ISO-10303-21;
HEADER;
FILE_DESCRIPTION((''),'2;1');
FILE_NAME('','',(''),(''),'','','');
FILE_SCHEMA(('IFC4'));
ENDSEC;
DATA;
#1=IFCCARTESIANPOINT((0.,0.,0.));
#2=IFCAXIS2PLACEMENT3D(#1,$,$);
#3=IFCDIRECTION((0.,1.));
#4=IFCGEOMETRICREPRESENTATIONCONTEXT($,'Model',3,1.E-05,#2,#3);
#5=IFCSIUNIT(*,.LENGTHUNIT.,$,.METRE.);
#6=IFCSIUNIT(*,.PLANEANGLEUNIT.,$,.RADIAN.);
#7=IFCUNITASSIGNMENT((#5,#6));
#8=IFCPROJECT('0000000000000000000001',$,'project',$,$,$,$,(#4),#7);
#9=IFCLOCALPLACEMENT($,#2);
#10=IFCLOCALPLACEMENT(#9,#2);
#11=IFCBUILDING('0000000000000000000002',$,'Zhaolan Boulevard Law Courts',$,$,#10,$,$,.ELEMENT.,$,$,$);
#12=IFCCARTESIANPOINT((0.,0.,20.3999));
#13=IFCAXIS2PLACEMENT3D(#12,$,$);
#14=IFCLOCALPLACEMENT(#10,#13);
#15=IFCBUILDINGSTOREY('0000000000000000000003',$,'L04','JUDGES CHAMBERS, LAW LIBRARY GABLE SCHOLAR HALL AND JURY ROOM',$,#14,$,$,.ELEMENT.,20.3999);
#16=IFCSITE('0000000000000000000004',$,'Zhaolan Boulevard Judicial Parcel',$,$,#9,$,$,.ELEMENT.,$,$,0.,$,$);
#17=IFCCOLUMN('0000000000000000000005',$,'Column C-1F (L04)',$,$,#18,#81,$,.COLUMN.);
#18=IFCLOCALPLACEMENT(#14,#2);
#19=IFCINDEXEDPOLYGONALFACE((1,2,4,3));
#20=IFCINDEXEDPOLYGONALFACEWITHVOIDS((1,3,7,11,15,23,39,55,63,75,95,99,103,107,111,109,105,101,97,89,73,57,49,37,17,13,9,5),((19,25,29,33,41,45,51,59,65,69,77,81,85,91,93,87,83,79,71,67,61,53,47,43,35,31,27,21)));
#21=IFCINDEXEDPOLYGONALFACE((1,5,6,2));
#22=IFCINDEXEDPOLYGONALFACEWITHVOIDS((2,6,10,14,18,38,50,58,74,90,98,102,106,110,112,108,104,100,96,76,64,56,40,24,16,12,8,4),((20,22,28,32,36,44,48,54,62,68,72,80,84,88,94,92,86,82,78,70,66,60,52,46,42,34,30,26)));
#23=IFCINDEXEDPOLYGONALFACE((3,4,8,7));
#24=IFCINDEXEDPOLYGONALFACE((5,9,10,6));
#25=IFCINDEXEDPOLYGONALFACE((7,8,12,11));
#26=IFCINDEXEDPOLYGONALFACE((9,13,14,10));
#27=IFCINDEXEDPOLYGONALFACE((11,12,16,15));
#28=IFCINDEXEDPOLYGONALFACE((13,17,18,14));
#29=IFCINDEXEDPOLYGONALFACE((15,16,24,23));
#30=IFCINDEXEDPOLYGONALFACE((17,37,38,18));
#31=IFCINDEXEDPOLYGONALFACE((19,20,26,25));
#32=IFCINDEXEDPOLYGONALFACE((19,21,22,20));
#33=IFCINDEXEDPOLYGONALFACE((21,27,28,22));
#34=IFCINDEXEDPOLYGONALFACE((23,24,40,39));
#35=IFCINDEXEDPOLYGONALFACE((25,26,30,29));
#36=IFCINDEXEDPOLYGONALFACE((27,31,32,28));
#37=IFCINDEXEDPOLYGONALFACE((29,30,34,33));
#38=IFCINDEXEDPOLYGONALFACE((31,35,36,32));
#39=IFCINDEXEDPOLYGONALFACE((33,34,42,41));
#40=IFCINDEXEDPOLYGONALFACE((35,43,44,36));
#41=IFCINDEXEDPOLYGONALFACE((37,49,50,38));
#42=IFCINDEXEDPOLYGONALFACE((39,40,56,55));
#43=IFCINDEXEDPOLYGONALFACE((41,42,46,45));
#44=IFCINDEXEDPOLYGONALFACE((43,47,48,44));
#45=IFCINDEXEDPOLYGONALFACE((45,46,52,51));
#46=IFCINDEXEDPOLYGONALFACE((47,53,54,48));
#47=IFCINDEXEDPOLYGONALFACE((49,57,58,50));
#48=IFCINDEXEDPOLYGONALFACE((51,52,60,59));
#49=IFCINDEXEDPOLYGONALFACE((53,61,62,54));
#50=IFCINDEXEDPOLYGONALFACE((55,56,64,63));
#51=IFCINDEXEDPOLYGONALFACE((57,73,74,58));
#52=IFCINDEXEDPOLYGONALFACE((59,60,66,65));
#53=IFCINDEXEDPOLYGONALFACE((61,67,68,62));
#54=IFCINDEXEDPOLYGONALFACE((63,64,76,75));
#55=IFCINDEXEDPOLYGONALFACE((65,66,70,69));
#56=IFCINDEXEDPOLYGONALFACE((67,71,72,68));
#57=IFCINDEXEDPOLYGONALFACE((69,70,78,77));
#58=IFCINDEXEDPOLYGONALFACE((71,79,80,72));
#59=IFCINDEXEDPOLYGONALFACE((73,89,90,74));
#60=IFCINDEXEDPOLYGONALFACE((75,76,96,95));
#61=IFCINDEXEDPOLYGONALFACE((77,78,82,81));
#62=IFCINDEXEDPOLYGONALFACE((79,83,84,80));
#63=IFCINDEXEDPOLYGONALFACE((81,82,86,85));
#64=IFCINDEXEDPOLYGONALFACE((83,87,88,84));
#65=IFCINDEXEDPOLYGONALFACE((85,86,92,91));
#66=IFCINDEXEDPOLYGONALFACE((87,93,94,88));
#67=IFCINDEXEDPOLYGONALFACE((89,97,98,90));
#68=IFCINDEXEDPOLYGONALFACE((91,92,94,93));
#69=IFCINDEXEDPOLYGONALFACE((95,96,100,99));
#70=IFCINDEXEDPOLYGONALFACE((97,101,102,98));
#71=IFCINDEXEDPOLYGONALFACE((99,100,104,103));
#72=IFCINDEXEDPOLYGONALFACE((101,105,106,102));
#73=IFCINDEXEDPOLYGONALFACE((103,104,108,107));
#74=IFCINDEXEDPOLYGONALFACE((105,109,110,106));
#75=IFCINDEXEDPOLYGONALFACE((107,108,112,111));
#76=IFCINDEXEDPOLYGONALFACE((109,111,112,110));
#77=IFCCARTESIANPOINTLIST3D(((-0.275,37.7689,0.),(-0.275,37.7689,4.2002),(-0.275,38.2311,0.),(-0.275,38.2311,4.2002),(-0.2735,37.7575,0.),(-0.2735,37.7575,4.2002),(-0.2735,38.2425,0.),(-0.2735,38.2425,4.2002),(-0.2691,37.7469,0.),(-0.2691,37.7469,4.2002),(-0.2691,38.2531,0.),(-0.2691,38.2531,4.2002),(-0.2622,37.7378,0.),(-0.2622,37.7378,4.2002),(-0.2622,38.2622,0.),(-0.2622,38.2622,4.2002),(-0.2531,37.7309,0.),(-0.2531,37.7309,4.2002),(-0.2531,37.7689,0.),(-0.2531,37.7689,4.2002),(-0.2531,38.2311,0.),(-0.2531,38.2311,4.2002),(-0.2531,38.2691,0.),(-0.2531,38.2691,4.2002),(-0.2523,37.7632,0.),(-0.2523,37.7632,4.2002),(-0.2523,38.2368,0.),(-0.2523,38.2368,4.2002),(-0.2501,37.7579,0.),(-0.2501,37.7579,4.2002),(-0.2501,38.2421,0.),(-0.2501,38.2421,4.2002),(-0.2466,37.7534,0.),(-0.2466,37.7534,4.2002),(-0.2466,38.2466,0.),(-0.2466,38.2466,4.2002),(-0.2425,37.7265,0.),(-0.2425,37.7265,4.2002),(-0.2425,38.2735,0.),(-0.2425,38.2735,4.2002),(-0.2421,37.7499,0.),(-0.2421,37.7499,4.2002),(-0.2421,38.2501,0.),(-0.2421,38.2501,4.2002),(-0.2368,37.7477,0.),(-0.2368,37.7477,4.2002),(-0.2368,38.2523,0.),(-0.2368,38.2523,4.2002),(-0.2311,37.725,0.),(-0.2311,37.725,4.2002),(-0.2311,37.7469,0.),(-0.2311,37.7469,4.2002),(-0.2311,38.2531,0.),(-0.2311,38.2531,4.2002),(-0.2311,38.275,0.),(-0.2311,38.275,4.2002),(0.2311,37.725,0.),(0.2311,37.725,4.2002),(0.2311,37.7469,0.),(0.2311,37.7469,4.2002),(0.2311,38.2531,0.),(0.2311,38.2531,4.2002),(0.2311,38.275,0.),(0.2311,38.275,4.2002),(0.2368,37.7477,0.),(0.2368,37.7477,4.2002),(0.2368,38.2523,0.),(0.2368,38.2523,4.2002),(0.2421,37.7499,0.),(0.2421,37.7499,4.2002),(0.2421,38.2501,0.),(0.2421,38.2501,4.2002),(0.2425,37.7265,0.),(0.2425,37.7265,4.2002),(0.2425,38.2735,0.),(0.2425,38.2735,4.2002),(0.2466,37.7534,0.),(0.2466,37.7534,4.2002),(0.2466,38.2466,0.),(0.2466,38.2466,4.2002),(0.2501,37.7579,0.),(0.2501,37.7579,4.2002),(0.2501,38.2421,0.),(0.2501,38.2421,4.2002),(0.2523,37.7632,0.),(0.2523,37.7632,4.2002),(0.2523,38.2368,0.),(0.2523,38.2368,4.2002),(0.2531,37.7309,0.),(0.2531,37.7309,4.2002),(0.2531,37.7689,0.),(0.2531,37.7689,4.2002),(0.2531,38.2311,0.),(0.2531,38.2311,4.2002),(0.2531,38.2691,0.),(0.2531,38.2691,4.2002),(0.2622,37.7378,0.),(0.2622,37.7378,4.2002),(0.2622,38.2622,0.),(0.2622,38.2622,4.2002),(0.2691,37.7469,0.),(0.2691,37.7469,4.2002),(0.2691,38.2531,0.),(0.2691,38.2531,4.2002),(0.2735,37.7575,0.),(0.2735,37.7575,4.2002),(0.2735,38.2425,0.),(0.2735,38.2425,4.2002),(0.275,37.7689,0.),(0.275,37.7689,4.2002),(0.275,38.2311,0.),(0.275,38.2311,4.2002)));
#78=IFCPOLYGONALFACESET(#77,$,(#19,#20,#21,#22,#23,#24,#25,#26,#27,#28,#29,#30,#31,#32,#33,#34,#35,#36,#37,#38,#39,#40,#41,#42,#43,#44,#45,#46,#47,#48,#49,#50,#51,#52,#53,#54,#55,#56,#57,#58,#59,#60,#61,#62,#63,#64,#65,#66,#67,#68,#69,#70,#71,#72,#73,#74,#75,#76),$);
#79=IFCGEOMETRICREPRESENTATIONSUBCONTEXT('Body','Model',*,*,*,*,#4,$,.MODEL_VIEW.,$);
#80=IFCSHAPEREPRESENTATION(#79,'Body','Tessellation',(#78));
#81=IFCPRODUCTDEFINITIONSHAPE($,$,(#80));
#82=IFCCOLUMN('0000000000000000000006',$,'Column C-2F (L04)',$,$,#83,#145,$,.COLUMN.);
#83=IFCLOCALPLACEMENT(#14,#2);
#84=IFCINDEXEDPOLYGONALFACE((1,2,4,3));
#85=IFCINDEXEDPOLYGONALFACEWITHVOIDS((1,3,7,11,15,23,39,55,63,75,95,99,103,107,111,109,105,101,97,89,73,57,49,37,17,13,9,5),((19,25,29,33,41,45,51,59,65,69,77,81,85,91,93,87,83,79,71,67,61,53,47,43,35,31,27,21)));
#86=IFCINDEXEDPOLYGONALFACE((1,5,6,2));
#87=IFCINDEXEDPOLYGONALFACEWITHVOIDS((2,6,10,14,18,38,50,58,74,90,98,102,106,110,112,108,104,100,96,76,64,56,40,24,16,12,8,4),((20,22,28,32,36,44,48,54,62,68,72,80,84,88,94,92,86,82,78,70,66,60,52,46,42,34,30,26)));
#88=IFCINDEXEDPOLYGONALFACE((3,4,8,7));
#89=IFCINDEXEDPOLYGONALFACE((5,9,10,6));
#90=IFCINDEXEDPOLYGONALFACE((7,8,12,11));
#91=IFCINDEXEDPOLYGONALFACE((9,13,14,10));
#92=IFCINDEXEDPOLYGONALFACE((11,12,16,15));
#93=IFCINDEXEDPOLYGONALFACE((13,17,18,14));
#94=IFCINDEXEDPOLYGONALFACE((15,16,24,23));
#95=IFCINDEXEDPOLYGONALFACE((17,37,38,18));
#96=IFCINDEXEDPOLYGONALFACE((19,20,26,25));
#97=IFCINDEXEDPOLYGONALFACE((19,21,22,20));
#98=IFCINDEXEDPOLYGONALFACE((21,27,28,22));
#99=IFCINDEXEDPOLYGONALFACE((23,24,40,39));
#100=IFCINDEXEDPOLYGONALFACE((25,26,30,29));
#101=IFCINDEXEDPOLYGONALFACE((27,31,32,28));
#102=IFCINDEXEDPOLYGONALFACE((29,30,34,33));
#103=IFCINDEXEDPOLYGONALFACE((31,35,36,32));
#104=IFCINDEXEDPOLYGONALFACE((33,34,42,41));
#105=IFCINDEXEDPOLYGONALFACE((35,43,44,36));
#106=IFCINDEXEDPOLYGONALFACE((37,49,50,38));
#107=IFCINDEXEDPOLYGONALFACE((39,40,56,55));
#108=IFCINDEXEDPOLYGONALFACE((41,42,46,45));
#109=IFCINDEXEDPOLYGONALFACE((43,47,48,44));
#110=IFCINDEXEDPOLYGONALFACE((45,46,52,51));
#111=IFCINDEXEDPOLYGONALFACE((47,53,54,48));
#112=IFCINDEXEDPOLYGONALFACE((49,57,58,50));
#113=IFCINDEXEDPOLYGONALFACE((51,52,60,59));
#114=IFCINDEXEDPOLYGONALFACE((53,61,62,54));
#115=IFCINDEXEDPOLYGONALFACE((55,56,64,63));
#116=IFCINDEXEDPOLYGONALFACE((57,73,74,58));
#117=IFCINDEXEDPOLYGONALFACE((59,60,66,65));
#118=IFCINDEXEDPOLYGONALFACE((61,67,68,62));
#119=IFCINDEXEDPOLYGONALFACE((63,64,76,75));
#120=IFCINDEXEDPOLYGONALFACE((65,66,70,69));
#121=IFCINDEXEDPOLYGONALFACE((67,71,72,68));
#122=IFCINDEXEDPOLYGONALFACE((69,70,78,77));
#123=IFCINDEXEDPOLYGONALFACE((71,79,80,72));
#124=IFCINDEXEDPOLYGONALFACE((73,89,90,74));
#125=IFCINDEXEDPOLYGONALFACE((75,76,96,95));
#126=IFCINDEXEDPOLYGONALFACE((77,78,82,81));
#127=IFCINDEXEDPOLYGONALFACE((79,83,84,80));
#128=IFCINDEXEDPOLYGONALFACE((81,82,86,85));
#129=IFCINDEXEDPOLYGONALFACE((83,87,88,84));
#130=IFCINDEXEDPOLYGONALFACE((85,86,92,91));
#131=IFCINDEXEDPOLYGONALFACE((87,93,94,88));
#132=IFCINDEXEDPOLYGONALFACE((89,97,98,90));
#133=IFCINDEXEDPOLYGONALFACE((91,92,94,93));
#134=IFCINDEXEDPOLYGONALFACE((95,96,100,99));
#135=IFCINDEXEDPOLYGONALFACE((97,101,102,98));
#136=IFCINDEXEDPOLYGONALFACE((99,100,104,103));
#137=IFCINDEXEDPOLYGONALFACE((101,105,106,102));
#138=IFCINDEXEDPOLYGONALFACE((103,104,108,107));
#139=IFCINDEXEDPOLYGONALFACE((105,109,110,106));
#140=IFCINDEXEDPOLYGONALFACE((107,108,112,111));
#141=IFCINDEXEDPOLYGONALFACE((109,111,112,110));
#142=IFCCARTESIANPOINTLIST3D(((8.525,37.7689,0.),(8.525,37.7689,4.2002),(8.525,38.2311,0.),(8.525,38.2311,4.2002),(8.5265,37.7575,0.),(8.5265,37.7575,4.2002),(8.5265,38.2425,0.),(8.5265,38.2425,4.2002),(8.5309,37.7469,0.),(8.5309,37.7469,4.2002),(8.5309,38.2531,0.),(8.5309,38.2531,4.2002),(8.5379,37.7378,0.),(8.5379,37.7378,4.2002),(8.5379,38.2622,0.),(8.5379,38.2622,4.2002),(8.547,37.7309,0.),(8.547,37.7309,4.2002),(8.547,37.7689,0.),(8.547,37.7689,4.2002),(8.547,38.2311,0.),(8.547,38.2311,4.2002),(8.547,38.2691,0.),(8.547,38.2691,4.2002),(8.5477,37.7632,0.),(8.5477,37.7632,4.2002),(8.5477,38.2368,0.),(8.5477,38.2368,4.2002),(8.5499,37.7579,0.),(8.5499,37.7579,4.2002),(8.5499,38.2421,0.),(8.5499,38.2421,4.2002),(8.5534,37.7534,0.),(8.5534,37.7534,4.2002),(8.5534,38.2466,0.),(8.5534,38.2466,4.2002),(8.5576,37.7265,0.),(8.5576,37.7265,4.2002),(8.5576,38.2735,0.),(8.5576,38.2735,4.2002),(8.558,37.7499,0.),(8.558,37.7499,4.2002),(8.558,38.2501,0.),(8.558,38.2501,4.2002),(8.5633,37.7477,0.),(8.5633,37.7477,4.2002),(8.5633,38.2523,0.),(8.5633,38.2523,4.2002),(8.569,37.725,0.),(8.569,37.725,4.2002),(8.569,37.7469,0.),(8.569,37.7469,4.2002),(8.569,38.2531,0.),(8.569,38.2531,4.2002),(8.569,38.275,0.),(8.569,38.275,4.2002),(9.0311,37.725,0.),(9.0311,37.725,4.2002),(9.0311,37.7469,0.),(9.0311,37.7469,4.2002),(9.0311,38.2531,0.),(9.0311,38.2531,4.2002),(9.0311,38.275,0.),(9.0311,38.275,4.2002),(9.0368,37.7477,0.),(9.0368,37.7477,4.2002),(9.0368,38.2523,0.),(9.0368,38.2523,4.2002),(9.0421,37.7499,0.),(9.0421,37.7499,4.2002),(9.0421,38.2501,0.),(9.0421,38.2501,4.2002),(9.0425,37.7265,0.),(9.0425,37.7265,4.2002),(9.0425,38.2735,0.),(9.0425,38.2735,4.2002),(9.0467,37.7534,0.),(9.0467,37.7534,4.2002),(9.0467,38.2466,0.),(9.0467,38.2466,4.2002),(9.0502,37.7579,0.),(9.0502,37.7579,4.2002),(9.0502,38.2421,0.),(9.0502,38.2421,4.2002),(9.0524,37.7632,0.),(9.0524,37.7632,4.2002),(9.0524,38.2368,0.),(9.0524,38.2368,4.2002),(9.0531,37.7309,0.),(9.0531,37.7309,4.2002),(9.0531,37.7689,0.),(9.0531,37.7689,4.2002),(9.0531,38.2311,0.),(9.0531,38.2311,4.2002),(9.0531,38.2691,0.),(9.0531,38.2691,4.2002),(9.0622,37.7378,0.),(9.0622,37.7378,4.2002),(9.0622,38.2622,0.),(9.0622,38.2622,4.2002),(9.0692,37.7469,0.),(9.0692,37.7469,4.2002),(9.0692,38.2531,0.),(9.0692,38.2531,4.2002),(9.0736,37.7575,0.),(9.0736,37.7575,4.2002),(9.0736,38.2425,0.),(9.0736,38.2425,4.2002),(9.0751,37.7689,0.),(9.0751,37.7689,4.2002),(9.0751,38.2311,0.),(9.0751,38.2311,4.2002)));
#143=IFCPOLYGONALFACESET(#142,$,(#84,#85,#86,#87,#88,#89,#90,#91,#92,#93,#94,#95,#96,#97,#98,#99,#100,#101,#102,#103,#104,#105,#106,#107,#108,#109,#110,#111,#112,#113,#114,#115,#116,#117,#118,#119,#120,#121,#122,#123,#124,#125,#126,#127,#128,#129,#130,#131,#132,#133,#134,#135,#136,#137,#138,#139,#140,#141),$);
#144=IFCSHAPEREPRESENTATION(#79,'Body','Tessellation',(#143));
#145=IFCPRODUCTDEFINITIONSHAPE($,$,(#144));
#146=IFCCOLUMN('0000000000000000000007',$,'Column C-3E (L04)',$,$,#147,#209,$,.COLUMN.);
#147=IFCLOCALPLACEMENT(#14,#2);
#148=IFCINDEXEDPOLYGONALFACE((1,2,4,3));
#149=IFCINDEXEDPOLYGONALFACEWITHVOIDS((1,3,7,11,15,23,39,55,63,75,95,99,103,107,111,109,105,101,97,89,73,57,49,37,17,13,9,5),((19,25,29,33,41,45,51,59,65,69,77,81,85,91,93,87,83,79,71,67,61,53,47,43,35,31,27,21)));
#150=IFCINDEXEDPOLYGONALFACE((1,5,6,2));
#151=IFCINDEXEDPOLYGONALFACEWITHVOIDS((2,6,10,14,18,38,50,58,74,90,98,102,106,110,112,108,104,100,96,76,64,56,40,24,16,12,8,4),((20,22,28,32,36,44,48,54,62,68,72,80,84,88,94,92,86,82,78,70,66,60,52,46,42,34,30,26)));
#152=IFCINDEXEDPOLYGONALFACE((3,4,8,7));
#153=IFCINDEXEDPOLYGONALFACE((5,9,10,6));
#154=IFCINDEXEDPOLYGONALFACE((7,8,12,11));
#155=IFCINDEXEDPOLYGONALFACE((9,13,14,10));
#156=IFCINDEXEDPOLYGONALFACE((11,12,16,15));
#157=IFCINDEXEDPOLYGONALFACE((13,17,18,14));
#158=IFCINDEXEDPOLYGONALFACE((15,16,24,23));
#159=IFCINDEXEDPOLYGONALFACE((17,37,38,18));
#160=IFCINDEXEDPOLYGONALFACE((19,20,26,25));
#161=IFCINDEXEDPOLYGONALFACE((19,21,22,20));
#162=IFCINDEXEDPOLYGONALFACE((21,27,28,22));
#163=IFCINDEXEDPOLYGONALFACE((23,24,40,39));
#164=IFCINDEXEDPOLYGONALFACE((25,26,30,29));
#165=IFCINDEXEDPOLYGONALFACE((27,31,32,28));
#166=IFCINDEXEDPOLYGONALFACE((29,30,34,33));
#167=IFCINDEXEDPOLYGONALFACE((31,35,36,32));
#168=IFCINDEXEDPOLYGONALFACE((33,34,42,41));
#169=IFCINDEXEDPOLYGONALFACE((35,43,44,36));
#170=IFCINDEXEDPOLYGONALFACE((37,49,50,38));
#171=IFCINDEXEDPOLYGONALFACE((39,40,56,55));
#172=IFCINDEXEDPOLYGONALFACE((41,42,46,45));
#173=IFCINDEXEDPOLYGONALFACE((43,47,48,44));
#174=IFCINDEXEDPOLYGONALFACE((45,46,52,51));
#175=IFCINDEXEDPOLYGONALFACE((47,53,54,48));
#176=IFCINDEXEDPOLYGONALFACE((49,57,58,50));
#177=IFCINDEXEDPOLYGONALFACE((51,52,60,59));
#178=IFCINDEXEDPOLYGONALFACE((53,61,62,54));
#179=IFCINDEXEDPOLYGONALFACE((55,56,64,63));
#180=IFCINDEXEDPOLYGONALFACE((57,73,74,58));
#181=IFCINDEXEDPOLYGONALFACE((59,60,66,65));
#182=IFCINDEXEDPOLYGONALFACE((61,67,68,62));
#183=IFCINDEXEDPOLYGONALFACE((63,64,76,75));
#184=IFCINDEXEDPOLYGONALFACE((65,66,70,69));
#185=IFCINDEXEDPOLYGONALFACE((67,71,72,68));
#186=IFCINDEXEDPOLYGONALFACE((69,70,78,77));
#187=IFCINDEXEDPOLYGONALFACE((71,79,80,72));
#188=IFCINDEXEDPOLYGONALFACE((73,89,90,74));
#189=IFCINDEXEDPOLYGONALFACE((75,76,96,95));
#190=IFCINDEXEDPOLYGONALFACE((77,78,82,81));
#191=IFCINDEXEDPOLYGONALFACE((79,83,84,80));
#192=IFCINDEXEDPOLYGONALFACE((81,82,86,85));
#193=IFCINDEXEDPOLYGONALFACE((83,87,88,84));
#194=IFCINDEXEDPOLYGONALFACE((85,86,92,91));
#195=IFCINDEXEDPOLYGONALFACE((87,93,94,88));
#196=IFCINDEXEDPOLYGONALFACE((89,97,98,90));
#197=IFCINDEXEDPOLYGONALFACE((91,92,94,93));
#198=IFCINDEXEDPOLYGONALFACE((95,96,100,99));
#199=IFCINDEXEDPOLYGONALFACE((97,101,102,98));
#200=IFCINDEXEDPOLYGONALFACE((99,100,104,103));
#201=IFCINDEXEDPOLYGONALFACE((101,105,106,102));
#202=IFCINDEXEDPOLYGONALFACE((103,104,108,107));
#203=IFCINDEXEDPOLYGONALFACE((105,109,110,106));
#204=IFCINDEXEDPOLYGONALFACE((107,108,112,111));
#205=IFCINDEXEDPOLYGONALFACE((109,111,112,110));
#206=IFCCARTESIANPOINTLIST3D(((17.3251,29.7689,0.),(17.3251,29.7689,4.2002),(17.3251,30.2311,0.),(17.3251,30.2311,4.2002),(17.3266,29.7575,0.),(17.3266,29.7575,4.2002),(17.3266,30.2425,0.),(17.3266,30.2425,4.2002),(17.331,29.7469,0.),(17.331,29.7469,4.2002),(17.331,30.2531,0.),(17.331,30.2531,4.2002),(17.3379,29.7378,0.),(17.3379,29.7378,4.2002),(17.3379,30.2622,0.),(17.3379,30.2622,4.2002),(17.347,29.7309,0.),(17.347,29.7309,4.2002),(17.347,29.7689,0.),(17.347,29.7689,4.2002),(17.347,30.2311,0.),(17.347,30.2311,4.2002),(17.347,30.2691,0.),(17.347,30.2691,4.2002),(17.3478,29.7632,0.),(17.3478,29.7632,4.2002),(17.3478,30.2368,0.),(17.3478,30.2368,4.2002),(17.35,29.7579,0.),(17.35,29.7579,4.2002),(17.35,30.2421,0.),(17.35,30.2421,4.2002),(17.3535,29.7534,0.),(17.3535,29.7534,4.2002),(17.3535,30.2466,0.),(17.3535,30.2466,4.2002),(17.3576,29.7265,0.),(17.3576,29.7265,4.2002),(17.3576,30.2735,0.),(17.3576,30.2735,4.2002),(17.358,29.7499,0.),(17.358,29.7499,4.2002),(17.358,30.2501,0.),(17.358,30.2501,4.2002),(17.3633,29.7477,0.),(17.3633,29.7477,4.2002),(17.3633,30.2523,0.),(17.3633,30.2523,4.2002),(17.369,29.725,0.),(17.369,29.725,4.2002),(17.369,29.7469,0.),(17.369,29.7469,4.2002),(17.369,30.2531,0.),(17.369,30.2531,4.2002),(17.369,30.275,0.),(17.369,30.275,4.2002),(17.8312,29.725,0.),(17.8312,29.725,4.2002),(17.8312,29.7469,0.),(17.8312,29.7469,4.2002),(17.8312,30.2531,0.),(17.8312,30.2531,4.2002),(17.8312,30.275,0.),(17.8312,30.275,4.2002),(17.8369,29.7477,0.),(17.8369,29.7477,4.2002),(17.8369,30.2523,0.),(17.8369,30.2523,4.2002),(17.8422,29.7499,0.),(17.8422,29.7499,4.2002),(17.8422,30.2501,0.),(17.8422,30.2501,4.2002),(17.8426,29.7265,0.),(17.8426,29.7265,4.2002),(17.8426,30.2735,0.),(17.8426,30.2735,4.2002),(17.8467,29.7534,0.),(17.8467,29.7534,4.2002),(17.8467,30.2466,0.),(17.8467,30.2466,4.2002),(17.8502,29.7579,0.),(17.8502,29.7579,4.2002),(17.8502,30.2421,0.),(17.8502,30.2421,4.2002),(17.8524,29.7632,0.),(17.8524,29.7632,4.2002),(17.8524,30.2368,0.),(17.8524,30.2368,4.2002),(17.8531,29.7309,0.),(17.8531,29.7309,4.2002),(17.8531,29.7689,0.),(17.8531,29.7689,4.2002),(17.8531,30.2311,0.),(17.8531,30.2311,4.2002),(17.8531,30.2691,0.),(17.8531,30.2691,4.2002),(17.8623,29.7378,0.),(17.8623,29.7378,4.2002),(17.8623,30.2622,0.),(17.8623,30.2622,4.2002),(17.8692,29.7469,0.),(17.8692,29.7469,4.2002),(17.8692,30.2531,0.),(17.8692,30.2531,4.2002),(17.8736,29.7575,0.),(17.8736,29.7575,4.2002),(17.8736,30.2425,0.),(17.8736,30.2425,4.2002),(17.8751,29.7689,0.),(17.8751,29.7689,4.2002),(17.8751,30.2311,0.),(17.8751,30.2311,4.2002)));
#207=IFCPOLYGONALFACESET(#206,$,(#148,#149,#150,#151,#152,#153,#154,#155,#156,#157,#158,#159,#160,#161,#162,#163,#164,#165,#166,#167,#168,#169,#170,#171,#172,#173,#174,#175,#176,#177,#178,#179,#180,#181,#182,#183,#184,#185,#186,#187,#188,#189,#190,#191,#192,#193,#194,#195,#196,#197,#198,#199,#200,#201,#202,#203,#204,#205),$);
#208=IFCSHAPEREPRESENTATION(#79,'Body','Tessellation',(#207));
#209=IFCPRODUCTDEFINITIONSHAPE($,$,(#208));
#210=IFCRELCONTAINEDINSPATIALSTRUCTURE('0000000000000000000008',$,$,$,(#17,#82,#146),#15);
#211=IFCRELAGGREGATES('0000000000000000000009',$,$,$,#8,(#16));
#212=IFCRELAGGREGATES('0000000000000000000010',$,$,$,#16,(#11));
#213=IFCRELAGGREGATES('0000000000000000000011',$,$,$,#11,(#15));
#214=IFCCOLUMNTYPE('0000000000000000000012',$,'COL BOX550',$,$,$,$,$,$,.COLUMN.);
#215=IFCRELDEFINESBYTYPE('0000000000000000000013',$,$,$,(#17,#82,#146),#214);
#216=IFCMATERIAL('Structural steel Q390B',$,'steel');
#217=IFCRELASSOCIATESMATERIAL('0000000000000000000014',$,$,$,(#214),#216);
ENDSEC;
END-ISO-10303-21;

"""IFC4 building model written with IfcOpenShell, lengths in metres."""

from ifc_helpers import new_model, si_unit, direction, frame, origin, origin_2d, place, context, subcontext, project, spatial, hollow_rectangle, extrude, material, material_profile, profile_set, type_object, element, save


model = new_model("IFC4")

# Units and contexts
model_context = context("Model", 3, precision=1e-05, world=origin(), true_north=direction((0.0, 1.0)))
body_context = subcontext(model_context, "Body", "Model", "MODEL_VIEW")
ifc_project = project(units=[si_unit("LENGTHUNIT", "METRE"), si_unit("PLANEANGLEUNIT", "RADIAN")], contexts=[model_context])

# Site, building, storey
site_placement = place(None, origin())
site = spatial("IfcSite", under=ifc_project, at=site_placement, Name="Zhaolan Boulevard Judicial Parcel", CompositionType="ELEMENT", RefElevation=0.0)
building_placement = place(site_placement, origin())
building = spatial("IfcBuilding", under=site, at=building_placement, Name="Zhaolan Boulevard Law Courts", CompositionType="ELEMENT")
storey_placement = place(building_placement, frame((0.0, 0.0, 20.3999)))
storey = spatial("IfcBuildingStorey", under=building, at=storey_placement, Name="L04", Description="JUDGES CHAMBERS, LAW LIBRARY GABLE SCHOLAR HALL AND JURY ROOM", CompositionType="ELEMENT", Elevation=20.3999)

# Columns
ifc_material_1 = material(Name="Structural steel Q390B", Category="steel")
ifc_material_profile_1 = material_profile(ifc_material_1, hollow_rectangle(XDim=0.55, YDim=0.55, WallThickness=0.022, InnerFilletRadius=0.022, OuterFilletRadius=0.0439, at=origin_2d()), Name="BOX550x550x22")
ifc_profile_set_1 = profile_set([ifc_material_profile_1], Name="Structural steel Q390B")
column_type = type_object("IfcColumnType", Name="COL BOX550", PredefinedType="COLUMN", material=ifc_profile_set_1)
for number, where, z_axis, x_axis, name in (
    (1, (0.0, 38.0, 0.0), (0.0, 0.0, 1.0), (1.0, 0.0, 0.0), "Column C-1F (L04)"),
    (2, (8.8, 38.0, 0.0), (0.0, 0.0, 1.0), (1.0, 0.0, 0.0), "Column C-2F (L04)"),
    (3, (17.6001, 30.0, 0.0), (0.0, 0.0, 1.0), (1.0, 0.0, 0.0), "Column C-3E (L04)"),
):
    element("IfcColumn", number, at=place(storey_placement, frame(where, z_axis=z_axis, x_axis=x_axis)), inside=storey, type_object=column_type, Name=name, PredefinedType="COLUMN", context=body_context, shape_type="SweptSolid", body=[
        extrude(hollow_rectangle(XDim=0.55, YDim=0.55, WallThickness=0.022, InnerFilletRadius=0.022, OuterFilletRadius=0.0439, at=origin_2d()), origin(), (0.0, 0.0, 1.0), 4.2002),
    ])

save(model, "model.ifc")
